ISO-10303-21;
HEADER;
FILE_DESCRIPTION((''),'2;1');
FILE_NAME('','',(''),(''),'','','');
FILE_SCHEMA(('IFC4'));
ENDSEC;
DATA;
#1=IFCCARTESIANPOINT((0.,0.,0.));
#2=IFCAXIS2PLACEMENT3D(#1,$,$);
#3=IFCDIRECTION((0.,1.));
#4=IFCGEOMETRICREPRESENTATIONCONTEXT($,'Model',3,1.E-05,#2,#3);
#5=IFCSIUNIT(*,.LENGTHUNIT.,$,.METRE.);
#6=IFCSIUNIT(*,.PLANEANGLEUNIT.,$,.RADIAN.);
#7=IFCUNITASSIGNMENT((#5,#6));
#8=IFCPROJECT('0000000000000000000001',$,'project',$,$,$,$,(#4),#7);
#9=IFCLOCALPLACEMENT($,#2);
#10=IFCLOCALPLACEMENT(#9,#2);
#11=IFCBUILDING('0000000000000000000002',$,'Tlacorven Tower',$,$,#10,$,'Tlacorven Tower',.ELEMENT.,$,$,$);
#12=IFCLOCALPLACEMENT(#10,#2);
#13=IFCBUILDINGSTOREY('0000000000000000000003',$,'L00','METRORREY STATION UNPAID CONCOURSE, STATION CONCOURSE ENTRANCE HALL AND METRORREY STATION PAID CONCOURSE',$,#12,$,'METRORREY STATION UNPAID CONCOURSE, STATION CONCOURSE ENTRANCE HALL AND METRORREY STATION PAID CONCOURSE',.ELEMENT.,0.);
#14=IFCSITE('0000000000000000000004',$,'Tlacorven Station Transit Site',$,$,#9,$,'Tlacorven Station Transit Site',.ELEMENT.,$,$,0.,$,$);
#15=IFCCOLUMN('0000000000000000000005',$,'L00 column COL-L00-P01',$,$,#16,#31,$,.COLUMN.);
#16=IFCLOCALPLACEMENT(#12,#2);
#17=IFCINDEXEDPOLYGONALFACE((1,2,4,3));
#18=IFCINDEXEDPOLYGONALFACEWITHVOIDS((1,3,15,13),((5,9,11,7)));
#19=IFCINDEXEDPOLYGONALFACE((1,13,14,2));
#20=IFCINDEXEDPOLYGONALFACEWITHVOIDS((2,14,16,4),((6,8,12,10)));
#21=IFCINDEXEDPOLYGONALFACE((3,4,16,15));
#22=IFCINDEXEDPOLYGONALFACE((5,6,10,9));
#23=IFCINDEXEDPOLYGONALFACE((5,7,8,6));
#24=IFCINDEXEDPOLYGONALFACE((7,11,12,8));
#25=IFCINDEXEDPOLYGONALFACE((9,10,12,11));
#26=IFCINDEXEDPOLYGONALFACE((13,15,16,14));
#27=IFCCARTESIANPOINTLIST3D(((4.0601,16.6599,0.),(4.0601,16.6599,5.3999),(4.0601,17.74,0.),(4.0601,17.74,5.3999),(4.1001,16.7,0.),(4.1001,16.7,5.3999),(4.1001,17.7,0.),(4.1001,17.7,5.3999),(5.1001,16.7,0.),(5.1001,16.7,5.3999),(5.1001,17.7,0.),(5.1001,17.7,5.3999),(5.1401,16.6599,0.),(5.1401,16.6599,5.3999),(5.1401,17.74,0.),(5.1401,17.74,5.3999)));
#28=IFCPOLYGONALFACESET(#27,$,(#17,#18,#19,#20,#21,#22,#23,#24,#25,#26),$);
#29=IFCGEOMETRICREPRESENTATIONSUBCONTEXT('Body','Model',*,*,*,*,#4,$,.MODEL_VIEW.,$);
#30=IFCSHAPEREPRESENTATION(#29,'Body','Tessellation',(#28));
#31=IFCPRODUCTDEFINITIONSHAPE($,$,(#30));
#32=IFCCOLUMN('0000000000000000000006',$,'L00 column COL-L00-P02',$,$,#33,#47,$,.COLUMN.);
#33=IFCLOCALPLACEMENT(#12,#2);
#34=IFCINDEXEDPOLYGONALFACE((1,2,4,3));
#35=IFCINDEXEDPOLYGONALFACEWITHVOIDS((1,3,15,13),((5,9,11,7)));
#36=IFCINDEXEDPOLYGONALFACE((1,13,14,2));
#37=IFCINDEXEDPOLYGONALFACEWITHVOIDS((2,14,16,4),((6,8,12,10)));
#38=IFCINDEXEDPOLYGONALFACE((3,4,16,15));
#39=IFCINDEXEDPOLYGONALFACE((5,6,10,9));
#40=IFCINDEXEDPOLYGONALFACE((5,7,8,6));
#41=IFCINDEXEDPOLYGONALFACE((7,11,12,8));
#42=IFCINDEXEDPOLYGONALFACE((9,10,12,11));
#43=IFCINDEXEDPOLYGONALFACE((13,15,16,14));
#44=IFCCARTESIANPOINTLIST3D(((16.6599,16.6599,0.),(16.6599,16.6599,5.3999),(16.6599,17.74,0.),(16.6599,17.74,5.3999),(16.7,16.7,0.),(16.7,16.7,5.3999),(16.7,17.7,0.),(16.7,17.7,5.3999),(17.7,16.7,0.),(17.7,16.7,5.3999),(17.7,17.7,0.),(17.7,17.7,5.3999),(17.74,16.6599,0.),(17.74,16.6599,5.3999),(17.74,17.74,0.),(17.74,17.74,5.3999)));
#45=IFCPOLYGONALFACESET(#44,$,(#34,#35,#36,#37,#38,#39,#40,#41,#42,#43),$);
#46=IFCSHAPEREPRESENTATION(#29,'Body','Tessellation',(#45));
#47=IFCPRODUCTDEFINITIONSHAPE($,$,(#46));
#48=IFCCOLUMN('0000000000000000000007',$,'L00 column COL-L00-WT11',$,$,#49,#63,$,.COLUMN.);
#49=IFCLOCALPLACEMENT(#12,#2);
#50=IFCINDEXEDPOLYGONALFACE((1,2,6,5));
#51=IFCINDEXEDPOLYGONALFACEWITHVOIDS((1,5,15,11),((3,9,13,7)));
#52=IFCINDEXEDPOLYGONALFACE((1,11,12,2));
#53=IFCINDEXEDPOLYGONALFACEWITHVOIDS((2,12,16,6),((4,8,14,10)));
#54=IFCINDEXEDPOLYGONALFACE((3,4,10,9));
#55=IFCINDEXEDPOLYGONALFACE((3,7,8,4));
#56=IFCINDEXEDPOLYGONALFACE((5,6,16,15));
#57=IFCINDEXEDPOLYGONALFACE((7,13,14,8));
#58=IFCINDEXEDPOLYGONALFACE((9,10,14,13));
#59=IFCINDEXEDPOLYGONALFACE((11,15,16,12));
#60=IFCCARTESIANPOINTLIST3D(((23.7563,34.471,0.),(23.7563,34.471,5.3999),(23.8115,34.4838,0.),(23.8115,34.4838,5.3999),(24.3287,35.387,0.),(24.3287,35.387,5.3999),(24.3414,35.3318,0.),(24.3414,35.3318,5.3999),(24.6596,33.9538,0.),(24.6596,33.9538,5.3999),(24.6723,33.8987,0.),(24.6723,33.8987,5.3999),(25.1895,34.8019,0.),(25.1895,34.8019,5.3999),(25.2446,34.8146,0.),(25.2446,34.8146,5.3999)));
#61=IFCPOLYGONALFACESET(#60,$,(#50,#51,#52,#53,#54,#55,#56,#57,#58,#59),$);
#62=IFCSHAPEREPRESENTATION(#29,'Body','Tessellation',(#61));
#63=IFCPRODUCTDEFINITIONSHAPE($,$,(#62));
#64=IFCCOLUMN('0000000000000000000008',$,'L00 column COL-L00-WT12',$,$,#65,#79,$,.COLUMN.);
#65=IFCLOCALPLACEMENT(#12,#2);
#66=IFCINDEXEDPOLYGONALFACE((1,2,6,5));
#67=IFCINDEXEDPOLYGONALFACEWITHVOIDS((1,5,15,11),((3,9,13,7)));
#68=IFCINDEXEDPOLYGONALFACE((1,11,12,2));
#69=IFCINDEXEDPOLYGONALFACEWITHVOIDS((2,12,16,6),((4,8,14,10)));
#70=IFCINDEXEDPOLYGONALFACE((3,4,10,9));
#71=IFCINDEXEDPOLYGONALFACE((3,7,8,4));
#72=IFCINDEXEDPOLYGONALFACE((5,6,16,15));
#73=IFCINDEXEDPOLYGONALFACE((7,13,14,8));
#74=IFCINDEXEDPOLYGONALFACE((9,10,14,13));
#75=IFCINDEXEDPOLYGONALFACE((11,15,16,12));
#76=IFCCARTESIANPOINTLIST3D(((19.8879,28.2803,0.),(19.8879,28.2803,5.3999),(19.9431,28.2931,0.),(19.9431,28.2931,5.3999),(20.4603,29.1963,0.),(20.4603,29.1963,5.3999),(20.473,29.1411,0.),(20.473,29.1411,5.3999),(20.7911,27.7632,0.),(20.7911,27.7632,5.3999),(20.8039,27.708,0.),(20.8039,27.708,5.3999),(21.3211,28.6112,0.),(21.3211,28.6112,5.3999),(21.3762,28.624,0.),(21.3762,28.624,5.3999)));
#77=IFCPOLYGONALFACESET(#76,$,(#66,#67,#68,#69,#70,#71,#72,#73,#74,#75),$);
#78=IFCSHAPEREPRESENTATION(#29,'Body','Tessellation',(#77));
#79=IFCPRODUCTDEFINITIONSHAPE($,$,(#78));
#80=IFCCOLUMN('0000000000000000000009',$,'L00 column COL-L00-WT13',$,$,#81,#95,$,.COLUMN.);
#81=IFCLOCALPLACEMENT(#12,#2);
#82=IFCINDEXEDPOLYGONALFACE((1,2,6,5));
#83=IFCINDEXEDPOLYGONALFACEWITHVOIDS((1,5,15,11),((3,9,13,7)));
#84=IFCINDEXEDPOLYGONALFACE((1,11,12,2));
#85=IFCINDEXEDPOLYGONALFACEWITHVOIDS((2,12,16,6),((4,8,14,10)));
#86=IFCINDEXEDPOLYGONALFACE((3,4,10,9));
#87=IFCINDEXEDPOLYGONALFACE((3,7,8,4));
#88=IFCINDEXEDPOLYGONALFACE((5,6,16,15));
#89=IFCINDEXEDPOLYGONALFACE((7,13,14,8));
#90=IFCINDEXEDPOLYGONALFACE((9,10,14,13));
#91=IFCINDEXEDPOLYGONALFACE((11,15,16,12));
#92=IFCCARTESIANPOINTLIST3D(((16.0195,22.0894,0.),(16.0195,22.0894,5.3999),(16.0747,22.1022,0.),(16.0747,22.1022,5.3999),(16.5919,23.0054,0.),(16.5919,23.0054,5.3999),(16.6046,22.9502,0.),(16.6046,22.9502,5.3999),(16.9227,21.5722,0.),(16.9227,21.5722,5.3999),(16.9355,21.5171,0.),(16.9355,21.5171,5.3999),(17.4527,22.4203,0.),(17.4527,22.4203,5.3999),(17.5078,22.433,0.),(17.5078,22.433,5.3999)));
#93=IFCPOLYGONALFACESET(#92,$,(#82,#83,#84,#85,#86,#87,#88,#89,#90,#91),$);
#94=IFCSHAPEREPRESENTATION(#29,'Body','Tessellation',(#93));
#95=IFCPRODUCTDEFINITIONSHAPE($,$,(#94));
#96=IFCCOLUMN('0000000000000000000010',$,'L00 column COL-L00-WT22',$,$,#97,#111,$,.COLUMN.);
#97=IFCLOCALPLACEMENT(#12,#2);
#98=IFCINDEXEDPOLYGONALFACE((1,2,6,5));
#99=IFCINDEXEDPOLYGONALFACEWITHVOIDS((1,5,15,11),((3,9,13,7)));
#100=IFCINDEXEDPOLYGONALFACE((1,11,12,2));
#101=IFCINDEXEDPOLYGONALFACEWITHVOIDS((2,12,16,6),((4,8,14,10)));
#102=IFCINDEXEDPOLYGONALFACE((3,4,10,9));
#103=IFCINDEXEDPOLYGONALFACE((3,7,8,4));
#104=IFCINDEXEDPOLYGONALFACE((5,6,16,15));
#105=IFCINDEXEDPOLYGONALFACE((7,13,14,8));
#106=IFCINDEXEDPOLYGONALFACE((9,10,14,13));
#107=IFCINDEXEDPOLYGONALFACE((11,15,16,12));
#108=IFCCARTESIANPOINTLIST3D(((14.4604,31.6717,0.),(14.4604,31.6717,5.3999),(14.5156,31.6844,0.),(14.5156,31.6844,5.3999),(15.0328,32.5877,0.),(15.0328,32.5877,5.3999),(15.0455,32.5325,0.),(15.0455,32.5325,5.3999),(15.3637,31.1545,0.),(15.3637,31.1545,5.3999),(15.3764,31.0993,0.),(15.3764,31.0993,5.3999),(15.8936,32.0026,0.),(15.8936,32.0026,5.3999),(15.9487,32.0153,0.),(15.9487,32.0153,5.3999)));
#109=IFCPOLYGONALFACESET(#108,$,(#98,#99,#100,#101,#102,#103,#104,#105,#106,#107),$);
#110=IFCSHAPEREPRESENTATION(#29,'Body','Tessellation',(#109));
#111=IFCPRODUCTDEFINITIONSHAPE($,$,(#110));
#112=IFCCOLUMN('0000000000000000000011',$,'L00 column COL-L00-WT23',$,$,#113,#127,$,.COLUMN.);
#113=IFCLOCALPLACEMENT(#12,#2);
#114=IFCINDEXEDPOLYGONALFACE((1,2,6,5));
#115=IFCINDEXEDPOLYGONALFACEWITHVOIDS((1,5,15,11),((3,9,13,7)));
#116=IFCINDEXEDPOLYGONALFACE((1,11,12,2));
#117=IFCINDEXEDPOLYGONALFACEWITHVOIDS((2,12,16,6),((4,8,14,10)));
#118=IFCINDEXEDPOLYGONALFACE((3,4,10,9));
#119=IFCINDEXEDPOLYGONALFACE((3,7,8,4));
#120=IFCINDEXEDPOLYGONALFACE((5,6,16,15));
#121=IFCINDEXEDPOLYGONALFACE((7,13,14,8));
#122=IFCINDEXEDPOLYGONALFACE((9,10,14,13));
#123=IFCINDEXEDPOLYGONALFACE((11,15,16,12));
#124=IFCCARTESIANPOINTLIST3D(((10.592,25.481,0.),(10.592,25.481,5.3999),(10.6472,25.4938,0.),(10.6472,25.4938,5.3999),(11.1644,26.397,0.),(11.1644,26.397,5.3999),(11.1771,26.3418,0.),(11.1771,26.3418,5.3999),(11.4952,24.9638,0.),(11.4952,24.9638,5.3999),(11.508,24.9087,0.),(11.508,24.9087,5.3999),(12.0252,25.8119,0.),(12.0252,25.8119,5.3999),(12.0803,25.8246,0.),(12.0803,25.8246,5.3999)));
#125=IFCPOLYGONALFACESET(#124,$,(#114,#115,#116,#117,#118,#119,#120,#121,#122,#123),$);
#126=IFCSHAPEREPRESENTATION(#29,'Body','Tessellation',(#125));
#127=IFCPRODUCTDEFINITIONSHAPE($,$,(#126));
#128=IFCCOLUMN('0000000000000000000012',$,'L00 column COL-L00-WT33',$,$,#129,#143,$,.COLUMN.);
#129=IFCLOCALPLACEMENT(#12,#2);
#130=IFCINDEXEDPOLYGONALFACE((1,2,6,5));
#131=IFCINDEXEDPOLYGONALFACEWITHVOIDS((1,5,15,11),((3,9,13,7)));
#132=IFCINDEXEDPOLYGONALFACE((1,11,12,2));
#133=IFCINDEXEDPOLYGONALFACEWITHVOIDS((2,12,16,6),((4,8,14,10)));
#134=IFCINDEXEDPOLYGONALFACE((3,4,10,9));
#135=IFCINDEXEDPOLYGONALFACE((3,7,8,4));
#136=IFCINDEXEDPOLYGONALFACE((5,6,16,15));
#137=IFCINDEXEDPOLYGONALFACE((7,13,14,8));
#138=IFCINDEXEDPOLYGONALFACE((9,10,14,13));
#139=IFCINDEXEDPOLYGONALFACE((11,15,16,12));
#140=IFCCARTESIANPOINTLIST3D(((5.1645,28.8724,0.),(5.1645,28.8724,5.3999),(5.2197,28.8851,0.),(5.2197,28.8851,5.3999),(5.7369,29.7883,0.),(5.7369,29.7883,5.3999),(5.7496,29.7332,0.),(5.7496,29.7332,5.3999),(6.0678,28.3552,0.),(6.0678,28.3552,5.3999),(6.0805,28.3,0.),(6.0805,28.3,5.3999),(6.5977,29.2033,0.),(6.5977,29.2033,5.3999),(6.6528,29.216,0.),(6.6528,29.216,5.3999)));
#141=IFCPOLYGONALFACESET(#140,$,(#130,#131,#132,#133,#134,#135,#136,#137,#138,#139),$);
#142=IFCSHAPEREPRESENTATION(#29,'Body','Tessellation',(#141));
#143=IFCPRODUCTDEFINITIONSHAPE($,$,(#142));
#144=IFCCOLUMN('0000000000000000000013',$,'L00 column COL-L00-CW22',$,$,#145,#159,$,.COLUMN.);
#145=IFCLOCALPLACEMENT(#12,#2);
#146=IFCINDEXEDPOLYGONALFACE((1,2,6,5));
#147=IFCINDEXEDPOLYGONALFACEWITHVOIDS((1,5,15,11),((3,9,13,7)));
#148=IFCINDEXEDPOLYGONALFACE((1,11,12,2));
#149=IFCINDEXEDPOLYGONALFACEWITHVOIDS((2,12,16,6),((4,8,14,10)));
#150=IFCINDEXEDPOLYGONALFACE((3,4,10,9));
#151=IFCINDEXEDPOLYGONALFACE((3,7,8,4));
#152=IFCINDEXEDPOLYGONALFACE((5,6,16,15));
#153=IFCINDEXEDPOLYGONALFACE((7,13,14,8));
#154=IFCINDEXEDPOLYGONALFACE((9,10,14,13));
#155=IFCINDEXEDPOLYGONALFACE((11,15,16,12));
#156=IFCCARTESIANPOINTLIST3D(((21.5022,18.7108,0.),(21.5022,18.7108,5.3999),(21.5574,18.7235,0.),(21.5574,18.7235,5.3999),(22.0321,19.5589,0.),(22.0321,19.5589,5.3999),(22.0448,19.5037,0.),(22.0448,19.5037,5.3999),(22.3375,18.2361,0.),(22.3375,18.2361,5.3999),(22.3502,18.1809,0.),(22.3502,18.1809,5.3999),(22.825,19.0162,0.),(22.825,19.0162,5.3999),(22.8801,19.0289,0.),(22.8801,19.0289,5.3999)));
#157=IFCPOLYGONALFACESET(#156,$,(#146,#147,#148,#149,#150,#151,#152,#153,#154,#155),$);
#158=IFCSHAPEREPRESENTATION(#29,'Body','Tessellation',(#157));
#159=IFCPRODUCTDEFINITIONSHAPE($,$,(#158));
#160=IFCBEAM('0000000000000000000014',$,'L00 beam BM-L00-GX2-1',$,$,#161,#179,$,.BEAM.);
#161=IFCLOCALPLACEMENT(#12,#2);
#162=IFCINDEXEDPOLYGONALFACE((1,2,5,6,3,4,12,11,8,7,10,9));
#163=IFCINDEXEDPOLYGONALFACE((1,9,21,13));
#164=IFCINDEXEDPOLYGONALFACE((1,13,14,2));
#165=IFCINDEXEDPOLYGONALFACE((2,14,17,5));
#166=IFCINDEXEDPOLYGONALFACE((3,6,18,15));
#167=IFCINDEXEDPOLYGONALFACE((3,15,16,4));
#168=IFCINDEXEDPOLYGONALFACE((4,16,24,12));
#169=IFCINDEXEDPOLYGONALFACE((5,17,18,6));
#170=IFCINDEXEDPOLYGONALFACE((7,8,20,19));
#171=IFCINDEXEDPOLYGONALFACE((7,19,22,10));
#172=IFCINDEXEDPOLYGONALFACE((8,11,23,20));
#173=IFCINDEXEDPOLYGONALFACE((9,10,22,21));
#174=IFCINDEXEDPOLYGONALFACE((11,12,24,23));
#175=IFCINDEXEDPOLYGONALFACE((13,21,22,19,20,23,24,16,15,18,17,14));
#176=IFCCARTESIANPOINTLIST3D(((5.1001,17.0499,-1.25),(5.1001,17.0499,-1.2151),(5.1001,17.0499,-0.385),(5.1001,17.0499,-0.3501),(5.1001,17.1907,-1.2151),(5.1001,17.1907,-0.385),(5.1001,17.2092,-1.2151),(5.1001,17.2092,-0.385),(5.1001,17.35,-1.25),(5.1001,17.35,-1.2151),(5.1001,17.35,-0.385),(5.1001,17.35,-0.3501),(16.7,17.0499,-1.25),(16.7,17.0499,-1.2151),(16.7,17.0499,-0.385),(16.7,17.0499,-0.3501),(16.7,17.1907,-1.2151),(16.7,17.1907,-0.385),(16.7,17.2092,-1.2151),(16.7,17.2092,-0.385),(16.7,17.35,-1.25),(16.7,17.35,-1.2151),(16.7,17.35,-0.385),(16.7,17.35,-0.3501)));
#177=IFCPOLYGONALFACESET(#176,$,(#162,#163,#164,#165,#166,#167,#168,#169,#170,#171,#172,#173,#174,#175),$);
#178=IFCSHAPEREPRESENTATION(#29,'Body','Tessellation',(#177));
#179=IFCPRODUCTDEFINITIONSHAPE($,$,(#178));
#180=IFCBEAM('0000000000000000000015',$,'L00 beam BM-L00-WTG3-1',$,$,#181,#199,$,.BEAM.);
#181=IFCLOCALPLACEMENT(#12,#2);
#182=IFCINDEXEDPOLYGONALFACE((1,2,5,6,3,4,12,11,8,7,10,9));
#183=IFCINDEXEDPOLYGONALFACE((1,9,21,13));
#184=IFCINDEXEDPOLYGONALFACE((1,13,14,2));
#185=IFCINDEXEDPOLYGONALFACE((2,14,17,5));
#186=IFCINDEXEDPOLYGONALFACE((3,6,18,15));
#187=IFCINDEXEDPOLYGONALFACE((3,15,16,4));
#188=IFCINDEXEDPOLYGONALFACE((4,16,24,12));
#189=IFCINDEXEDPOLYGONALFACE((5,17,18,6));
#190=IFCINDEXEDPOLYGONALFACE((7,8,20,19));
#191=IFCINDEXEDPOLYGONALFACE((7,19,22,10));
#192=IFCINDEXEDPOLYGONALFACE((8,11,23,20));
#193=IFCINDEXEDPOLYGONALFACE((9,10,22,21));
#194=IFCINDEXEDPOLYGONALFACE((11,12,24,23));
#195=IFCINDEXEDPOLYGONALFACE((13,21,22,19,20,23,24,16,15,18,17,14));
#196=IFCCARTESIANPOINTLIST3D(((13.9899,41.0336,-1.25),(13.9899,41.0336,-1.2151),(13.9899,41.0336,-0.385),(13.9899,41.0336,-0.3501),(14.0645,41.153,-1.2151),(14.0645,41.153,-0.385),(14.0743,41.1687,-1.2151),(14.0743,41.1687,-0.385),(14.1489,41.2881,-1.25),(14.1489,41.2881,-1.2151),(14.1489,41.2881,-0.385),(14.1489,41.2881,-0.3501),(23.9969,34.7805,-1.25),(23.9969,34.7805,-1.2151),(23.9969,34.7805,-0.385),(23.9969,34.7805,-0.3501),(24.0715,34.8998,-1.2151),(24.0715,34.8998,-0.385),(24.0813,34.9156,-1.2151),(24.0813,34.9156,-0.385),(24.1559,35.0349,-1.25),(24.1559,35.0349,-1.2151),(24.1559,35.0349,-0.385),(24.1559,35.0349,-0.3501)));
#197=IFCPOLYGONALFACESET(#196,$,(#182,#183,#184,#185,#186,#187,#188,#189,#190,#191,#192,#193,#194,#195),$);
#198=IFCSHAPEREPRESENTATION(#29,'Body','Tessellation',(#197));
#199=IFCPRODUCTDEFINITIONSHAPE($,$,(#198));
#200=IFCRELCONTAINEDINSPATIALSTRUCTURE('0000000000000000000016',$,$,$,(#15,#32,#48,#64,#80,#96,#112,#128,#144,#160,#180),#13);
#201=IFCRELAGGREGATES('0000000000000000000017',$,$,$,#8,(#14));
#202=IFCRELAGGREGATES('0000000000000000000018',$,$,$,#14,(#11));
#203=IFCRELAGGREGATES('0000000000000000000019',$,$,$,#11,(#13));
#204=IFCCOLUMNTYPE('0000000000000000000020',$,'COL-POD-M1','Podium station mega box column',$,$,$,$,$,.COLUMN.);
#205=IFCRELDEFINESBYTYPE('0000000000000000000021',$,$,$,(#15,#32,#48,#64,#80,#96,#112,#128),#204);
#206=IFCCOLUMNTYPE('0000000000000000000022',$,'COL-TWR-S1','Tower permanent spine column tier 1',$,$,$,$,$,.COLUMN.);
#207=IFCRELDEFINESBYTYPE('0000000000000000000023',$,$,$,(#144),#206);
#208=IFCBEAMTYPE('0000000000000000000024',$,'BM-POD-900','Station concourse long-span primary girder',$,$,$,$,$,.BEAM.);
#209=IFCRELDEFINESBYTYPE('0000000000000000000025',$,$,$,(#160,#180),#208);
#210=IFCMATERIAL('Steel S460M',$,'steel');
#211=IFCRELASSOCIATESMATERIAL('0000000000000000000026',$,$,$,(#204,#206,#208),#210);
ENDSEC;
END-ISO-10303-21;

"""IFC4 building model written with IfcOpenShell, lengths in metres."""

from ifc_helpers import new_model, si_unit, direction, frame, origin, origin_2d, place, context, subcontext, project, spatial, hollow_rectangle, i_section, extrude, source, transform, mapped, material, material_profile, profile_set, type_object, element, save


model = new_model("IFC4")

# Units and contexts
model_context = context("Model", 3, precision=1e-05, world=origin(), true_north=direction((0.0, 1.0)))
body_context = subcontext(model_context, "Body", "Model", "MODEL_VIEW")
ifc_project = project(units=[si_unit("LENGTHUNIT", "METRE"), si_unit("PLANEANGLEUNIT", "RADIAN")], contexts=[model_context])

# Site, building, storey
site_placement = place(None, origin())
site = spatial("IfcSite", under=ifc_project, at=site_placement, Name="Tlacorven Station Transit Site", LongName="Tlacorven Station Transit Site", CompositionType="ELEMENT", RefElevation=0.0)
building_placement = place(site_placement, origin())
building = spatial("IfcBuilding", under=site, at=building_placement, Name="Tlacorven Tower", LongName="Tlacorven Tower", CompositionType="ELEMENT")
storey_placement = place(building_placement, origin())
storey = spatial("IfcBuildingStorey", under=building, at=storey_placement, Name="L00", Description="METRORREY STATION UNPAID CONCOURSE, STATION CONCOURSE ENTRANCE HALL AND METRORREY STATION PAID CONCOURSE", LongName="METRORREY STATION UNPAID CONCOURSE, STATION CONCOURSE ENTRANCE HALL AND METRORREY STATION PAID CONCOURSE", CompositionType="ELEMENT", Elevation=0.0)

# Columns
ifc_material_1 = material(Name="Steel S460M", Category="steel")
ifc_material_profile_1 = material_profile(ifc_material_1, hollow_rectangle(XDim=1.0801, YDim=1.0801, WallThickness=0.04, at=origin_2d()), Name="BOX 1080X1080X40")
ifc_profile_set_1 = profile_set([ifc_material_profile_1], Name="Steel S460M")
column_type_1 = type_object("IfcColumnType", Name="COL-POD-M1", Description="Podium station mega box column", PredefinedType="COLUMN", material=ifc_profile_set_1)
shared_shape_1 = source(origin(), body_context, "Body", "SweptSolid", [
    extrude(hollow_rectangle(XDim=1.0801, YDim=1.0801, WallThickness=0.04, at=origin_2d()), origin(), (0.0, 0.0, 1.0), 5.3999),
])
for number, where, z_axis, x_axis, name in (
    (1, (4.6001, 17.2, 0.0), (0.0, 0.0, 1.0), (1.0, 0.0, 0.0), "L00 column COL-L00-P01"),
    (2, (17.2, 17.2, 0.0), (0.0, 0.0, 1.0), (1.0, 0.0, 0.0), "L00 column COL-L00-P02"),
    (3, (24.5005, 34.6428, 0.0), (0.0, 0.0, 1.0), (-0.848048, 0.529919, 0.0), "L00 column COL-L00-WT11"),
    (4, (20.6321, 28.4521, 0.0), (0.0, 0.0, 1.0), (-0.848048, 0.529919, 0.0), "L00 column COL-L00-WT12"),
    (5, (16.7637, 22.2612, 0.0), (0.0, 0.0, 1.0), (-0.848048, 0.529919, 0.0), "L00 column COL-L00-WT13"),
    (6, (15.2046, 31.8435, 0.0), (0.0, 0.0, 1.0), (-0.848048, 0.529919, 0.0), "L00 column COL-L00-WT22"),
    (7, (11.3362, 25.6528, 0.0), (0.0, 0.0, 1.0), (-0.848048, 0.529919, 0.0), "L00 column COL-L00-WT23"),
    (8, (5.9087, 29.0442, 0.0), (0.0, 0.0, 1.0), (-0.848048, 0.529919, 0.0), "L00 column COL-L00-WT33"),
):
    element("IfcColumn", number, at=place(storey_placement, frame(where, z_axis=z_axis, x_axis=x_axis)), inside=storey, type_object=column_type_1, Name=name, PredefinedType="COLUMN", context=body_context, shape_type="MappedRepresentation", body=[
        mapped(shared_shape_1, transform((0.0, 0.0, 0.0), scale=1.0)),
    ])
ifc_material_profile_2 = material_profile(ifc_material_1, hollow_rectangle(XDim=1.0, YDim=1.0, WallThickness=0.04, at=origin_2d()), Name="BOX 1000X1000X40")
ifc_profile_set_2 = profile_set([ifc_material_profile_2], Name="Steel S460M")
column_type_2 = type_object("IfcColumnType", Name="COL-TWR-S1", Description="Tower permanent spine column tier 1", PredefinedType="COLUMN", material=ifc_profile_set_2)
shared_shape_2 = source(origin(), body_context, "Body", "SweptSolid", [
    extrude(hollow_rectangle(XDim=1.0, YDim=1.0, WallThickness=0.04, at=origin_2d()), origin(), (0.0, 0.0, 1.0), 5.3999),
])
column_placement = place(storey_placement, frame((22.1912, 18.8699, 0.0), z_axis=(0.0, 0.0, 1.0), x_axis=(-0.848048, 0.529919, 0.0)))
element("IfcColumn", 9, at=column_placement, inside=storey, type_object=column_type_2, Name="L00 column COL-L00-CW22", PredefinedType="COLUMN", context=body_context, shape_type="MappedRepresentation", body=[
    mapped(shared_shape_2, transform((0.0, 0.0, 0.0), scale=1.0)),
])

# Beams
ifc_material_profile_3 = material_profile(ifc_material_1, i_section(OverallWidth=0.3, OverallDepth=0.8999, WebThickness=0.0186, FlangeThickness=0.0349, at=origin_2d()), Name="HEB 900")
ifc_profile_set_3 = profile_set([ifc_material_profile_3], Name="Steel S460M")
beam_type = type_object("IfcBeamType", Name="BM-POD-900", Description="Station concourse long-span primary girder", PredefinedType="BEAM", material=ifc_profile_set_3)
shared_shape_3 = source(origin(), body_context, "Body", "SweptSolid", [
    extrude(i_section(OverallWidth=0.3, OverallDepth=0.8999, WebThickness=0.0186, FlangeThickness=0.0349, at=origin_2d()), origin(), (0.0, 0.0, 1.0), 11.5999),
])
beam_1_placement = place(storey_placement, frame((5.1001, 17.2, -0.8), z_axis=(1.0, 0.0, 0.0), x_axis=(0.0, 1.0, 0.0)))
element("IfcBeam", 10, at=beam_1_placement, inside=storey, type_object=beam_type, Name="L00 beam BM-L00-GX2-1", PredefinedType="BEAM", context=body_context, shape_type="MappedRepresentation", body=[
    mapped(shared_shape_3, transform((0.0, 0.0, 0.0), scale=1.0)),
])
shared_shape_4 = source(origin(), body_context, "Body", "SweptSolid", [
    extrude(i_section(OverallWidth=0.3, OverallDepth=0.8999, WebThickness=0.0186, FlangeThickness=0.0349, at=origin_2d()), origin(), (0.0, 0.0, 1.0), 11.8),
])
for number, where, z_axis, x_axis, name in (
    (11, (24.0764, 34.9077, -0.8), (-0.848046, 0.529923, 0.0), (-0.529923, -0.848046, 0.0), "L00 beam BM-L00-WTG3-1"),
):
    element("IfcBeam", number, at=place(storey_placement, frame(where, z_axis=z_axis, x_axis=x_axis)), inside=storey, type_object=beam_type, Name=name, PredefinedType="BEAM", context=body_context, shape_type="MappedRepresentation", body=[
        mapped(shared_shape_4, transform((0.0, 0.0, 0.0), scale=1.0)),
    ])

save(model, "model.ifc")
